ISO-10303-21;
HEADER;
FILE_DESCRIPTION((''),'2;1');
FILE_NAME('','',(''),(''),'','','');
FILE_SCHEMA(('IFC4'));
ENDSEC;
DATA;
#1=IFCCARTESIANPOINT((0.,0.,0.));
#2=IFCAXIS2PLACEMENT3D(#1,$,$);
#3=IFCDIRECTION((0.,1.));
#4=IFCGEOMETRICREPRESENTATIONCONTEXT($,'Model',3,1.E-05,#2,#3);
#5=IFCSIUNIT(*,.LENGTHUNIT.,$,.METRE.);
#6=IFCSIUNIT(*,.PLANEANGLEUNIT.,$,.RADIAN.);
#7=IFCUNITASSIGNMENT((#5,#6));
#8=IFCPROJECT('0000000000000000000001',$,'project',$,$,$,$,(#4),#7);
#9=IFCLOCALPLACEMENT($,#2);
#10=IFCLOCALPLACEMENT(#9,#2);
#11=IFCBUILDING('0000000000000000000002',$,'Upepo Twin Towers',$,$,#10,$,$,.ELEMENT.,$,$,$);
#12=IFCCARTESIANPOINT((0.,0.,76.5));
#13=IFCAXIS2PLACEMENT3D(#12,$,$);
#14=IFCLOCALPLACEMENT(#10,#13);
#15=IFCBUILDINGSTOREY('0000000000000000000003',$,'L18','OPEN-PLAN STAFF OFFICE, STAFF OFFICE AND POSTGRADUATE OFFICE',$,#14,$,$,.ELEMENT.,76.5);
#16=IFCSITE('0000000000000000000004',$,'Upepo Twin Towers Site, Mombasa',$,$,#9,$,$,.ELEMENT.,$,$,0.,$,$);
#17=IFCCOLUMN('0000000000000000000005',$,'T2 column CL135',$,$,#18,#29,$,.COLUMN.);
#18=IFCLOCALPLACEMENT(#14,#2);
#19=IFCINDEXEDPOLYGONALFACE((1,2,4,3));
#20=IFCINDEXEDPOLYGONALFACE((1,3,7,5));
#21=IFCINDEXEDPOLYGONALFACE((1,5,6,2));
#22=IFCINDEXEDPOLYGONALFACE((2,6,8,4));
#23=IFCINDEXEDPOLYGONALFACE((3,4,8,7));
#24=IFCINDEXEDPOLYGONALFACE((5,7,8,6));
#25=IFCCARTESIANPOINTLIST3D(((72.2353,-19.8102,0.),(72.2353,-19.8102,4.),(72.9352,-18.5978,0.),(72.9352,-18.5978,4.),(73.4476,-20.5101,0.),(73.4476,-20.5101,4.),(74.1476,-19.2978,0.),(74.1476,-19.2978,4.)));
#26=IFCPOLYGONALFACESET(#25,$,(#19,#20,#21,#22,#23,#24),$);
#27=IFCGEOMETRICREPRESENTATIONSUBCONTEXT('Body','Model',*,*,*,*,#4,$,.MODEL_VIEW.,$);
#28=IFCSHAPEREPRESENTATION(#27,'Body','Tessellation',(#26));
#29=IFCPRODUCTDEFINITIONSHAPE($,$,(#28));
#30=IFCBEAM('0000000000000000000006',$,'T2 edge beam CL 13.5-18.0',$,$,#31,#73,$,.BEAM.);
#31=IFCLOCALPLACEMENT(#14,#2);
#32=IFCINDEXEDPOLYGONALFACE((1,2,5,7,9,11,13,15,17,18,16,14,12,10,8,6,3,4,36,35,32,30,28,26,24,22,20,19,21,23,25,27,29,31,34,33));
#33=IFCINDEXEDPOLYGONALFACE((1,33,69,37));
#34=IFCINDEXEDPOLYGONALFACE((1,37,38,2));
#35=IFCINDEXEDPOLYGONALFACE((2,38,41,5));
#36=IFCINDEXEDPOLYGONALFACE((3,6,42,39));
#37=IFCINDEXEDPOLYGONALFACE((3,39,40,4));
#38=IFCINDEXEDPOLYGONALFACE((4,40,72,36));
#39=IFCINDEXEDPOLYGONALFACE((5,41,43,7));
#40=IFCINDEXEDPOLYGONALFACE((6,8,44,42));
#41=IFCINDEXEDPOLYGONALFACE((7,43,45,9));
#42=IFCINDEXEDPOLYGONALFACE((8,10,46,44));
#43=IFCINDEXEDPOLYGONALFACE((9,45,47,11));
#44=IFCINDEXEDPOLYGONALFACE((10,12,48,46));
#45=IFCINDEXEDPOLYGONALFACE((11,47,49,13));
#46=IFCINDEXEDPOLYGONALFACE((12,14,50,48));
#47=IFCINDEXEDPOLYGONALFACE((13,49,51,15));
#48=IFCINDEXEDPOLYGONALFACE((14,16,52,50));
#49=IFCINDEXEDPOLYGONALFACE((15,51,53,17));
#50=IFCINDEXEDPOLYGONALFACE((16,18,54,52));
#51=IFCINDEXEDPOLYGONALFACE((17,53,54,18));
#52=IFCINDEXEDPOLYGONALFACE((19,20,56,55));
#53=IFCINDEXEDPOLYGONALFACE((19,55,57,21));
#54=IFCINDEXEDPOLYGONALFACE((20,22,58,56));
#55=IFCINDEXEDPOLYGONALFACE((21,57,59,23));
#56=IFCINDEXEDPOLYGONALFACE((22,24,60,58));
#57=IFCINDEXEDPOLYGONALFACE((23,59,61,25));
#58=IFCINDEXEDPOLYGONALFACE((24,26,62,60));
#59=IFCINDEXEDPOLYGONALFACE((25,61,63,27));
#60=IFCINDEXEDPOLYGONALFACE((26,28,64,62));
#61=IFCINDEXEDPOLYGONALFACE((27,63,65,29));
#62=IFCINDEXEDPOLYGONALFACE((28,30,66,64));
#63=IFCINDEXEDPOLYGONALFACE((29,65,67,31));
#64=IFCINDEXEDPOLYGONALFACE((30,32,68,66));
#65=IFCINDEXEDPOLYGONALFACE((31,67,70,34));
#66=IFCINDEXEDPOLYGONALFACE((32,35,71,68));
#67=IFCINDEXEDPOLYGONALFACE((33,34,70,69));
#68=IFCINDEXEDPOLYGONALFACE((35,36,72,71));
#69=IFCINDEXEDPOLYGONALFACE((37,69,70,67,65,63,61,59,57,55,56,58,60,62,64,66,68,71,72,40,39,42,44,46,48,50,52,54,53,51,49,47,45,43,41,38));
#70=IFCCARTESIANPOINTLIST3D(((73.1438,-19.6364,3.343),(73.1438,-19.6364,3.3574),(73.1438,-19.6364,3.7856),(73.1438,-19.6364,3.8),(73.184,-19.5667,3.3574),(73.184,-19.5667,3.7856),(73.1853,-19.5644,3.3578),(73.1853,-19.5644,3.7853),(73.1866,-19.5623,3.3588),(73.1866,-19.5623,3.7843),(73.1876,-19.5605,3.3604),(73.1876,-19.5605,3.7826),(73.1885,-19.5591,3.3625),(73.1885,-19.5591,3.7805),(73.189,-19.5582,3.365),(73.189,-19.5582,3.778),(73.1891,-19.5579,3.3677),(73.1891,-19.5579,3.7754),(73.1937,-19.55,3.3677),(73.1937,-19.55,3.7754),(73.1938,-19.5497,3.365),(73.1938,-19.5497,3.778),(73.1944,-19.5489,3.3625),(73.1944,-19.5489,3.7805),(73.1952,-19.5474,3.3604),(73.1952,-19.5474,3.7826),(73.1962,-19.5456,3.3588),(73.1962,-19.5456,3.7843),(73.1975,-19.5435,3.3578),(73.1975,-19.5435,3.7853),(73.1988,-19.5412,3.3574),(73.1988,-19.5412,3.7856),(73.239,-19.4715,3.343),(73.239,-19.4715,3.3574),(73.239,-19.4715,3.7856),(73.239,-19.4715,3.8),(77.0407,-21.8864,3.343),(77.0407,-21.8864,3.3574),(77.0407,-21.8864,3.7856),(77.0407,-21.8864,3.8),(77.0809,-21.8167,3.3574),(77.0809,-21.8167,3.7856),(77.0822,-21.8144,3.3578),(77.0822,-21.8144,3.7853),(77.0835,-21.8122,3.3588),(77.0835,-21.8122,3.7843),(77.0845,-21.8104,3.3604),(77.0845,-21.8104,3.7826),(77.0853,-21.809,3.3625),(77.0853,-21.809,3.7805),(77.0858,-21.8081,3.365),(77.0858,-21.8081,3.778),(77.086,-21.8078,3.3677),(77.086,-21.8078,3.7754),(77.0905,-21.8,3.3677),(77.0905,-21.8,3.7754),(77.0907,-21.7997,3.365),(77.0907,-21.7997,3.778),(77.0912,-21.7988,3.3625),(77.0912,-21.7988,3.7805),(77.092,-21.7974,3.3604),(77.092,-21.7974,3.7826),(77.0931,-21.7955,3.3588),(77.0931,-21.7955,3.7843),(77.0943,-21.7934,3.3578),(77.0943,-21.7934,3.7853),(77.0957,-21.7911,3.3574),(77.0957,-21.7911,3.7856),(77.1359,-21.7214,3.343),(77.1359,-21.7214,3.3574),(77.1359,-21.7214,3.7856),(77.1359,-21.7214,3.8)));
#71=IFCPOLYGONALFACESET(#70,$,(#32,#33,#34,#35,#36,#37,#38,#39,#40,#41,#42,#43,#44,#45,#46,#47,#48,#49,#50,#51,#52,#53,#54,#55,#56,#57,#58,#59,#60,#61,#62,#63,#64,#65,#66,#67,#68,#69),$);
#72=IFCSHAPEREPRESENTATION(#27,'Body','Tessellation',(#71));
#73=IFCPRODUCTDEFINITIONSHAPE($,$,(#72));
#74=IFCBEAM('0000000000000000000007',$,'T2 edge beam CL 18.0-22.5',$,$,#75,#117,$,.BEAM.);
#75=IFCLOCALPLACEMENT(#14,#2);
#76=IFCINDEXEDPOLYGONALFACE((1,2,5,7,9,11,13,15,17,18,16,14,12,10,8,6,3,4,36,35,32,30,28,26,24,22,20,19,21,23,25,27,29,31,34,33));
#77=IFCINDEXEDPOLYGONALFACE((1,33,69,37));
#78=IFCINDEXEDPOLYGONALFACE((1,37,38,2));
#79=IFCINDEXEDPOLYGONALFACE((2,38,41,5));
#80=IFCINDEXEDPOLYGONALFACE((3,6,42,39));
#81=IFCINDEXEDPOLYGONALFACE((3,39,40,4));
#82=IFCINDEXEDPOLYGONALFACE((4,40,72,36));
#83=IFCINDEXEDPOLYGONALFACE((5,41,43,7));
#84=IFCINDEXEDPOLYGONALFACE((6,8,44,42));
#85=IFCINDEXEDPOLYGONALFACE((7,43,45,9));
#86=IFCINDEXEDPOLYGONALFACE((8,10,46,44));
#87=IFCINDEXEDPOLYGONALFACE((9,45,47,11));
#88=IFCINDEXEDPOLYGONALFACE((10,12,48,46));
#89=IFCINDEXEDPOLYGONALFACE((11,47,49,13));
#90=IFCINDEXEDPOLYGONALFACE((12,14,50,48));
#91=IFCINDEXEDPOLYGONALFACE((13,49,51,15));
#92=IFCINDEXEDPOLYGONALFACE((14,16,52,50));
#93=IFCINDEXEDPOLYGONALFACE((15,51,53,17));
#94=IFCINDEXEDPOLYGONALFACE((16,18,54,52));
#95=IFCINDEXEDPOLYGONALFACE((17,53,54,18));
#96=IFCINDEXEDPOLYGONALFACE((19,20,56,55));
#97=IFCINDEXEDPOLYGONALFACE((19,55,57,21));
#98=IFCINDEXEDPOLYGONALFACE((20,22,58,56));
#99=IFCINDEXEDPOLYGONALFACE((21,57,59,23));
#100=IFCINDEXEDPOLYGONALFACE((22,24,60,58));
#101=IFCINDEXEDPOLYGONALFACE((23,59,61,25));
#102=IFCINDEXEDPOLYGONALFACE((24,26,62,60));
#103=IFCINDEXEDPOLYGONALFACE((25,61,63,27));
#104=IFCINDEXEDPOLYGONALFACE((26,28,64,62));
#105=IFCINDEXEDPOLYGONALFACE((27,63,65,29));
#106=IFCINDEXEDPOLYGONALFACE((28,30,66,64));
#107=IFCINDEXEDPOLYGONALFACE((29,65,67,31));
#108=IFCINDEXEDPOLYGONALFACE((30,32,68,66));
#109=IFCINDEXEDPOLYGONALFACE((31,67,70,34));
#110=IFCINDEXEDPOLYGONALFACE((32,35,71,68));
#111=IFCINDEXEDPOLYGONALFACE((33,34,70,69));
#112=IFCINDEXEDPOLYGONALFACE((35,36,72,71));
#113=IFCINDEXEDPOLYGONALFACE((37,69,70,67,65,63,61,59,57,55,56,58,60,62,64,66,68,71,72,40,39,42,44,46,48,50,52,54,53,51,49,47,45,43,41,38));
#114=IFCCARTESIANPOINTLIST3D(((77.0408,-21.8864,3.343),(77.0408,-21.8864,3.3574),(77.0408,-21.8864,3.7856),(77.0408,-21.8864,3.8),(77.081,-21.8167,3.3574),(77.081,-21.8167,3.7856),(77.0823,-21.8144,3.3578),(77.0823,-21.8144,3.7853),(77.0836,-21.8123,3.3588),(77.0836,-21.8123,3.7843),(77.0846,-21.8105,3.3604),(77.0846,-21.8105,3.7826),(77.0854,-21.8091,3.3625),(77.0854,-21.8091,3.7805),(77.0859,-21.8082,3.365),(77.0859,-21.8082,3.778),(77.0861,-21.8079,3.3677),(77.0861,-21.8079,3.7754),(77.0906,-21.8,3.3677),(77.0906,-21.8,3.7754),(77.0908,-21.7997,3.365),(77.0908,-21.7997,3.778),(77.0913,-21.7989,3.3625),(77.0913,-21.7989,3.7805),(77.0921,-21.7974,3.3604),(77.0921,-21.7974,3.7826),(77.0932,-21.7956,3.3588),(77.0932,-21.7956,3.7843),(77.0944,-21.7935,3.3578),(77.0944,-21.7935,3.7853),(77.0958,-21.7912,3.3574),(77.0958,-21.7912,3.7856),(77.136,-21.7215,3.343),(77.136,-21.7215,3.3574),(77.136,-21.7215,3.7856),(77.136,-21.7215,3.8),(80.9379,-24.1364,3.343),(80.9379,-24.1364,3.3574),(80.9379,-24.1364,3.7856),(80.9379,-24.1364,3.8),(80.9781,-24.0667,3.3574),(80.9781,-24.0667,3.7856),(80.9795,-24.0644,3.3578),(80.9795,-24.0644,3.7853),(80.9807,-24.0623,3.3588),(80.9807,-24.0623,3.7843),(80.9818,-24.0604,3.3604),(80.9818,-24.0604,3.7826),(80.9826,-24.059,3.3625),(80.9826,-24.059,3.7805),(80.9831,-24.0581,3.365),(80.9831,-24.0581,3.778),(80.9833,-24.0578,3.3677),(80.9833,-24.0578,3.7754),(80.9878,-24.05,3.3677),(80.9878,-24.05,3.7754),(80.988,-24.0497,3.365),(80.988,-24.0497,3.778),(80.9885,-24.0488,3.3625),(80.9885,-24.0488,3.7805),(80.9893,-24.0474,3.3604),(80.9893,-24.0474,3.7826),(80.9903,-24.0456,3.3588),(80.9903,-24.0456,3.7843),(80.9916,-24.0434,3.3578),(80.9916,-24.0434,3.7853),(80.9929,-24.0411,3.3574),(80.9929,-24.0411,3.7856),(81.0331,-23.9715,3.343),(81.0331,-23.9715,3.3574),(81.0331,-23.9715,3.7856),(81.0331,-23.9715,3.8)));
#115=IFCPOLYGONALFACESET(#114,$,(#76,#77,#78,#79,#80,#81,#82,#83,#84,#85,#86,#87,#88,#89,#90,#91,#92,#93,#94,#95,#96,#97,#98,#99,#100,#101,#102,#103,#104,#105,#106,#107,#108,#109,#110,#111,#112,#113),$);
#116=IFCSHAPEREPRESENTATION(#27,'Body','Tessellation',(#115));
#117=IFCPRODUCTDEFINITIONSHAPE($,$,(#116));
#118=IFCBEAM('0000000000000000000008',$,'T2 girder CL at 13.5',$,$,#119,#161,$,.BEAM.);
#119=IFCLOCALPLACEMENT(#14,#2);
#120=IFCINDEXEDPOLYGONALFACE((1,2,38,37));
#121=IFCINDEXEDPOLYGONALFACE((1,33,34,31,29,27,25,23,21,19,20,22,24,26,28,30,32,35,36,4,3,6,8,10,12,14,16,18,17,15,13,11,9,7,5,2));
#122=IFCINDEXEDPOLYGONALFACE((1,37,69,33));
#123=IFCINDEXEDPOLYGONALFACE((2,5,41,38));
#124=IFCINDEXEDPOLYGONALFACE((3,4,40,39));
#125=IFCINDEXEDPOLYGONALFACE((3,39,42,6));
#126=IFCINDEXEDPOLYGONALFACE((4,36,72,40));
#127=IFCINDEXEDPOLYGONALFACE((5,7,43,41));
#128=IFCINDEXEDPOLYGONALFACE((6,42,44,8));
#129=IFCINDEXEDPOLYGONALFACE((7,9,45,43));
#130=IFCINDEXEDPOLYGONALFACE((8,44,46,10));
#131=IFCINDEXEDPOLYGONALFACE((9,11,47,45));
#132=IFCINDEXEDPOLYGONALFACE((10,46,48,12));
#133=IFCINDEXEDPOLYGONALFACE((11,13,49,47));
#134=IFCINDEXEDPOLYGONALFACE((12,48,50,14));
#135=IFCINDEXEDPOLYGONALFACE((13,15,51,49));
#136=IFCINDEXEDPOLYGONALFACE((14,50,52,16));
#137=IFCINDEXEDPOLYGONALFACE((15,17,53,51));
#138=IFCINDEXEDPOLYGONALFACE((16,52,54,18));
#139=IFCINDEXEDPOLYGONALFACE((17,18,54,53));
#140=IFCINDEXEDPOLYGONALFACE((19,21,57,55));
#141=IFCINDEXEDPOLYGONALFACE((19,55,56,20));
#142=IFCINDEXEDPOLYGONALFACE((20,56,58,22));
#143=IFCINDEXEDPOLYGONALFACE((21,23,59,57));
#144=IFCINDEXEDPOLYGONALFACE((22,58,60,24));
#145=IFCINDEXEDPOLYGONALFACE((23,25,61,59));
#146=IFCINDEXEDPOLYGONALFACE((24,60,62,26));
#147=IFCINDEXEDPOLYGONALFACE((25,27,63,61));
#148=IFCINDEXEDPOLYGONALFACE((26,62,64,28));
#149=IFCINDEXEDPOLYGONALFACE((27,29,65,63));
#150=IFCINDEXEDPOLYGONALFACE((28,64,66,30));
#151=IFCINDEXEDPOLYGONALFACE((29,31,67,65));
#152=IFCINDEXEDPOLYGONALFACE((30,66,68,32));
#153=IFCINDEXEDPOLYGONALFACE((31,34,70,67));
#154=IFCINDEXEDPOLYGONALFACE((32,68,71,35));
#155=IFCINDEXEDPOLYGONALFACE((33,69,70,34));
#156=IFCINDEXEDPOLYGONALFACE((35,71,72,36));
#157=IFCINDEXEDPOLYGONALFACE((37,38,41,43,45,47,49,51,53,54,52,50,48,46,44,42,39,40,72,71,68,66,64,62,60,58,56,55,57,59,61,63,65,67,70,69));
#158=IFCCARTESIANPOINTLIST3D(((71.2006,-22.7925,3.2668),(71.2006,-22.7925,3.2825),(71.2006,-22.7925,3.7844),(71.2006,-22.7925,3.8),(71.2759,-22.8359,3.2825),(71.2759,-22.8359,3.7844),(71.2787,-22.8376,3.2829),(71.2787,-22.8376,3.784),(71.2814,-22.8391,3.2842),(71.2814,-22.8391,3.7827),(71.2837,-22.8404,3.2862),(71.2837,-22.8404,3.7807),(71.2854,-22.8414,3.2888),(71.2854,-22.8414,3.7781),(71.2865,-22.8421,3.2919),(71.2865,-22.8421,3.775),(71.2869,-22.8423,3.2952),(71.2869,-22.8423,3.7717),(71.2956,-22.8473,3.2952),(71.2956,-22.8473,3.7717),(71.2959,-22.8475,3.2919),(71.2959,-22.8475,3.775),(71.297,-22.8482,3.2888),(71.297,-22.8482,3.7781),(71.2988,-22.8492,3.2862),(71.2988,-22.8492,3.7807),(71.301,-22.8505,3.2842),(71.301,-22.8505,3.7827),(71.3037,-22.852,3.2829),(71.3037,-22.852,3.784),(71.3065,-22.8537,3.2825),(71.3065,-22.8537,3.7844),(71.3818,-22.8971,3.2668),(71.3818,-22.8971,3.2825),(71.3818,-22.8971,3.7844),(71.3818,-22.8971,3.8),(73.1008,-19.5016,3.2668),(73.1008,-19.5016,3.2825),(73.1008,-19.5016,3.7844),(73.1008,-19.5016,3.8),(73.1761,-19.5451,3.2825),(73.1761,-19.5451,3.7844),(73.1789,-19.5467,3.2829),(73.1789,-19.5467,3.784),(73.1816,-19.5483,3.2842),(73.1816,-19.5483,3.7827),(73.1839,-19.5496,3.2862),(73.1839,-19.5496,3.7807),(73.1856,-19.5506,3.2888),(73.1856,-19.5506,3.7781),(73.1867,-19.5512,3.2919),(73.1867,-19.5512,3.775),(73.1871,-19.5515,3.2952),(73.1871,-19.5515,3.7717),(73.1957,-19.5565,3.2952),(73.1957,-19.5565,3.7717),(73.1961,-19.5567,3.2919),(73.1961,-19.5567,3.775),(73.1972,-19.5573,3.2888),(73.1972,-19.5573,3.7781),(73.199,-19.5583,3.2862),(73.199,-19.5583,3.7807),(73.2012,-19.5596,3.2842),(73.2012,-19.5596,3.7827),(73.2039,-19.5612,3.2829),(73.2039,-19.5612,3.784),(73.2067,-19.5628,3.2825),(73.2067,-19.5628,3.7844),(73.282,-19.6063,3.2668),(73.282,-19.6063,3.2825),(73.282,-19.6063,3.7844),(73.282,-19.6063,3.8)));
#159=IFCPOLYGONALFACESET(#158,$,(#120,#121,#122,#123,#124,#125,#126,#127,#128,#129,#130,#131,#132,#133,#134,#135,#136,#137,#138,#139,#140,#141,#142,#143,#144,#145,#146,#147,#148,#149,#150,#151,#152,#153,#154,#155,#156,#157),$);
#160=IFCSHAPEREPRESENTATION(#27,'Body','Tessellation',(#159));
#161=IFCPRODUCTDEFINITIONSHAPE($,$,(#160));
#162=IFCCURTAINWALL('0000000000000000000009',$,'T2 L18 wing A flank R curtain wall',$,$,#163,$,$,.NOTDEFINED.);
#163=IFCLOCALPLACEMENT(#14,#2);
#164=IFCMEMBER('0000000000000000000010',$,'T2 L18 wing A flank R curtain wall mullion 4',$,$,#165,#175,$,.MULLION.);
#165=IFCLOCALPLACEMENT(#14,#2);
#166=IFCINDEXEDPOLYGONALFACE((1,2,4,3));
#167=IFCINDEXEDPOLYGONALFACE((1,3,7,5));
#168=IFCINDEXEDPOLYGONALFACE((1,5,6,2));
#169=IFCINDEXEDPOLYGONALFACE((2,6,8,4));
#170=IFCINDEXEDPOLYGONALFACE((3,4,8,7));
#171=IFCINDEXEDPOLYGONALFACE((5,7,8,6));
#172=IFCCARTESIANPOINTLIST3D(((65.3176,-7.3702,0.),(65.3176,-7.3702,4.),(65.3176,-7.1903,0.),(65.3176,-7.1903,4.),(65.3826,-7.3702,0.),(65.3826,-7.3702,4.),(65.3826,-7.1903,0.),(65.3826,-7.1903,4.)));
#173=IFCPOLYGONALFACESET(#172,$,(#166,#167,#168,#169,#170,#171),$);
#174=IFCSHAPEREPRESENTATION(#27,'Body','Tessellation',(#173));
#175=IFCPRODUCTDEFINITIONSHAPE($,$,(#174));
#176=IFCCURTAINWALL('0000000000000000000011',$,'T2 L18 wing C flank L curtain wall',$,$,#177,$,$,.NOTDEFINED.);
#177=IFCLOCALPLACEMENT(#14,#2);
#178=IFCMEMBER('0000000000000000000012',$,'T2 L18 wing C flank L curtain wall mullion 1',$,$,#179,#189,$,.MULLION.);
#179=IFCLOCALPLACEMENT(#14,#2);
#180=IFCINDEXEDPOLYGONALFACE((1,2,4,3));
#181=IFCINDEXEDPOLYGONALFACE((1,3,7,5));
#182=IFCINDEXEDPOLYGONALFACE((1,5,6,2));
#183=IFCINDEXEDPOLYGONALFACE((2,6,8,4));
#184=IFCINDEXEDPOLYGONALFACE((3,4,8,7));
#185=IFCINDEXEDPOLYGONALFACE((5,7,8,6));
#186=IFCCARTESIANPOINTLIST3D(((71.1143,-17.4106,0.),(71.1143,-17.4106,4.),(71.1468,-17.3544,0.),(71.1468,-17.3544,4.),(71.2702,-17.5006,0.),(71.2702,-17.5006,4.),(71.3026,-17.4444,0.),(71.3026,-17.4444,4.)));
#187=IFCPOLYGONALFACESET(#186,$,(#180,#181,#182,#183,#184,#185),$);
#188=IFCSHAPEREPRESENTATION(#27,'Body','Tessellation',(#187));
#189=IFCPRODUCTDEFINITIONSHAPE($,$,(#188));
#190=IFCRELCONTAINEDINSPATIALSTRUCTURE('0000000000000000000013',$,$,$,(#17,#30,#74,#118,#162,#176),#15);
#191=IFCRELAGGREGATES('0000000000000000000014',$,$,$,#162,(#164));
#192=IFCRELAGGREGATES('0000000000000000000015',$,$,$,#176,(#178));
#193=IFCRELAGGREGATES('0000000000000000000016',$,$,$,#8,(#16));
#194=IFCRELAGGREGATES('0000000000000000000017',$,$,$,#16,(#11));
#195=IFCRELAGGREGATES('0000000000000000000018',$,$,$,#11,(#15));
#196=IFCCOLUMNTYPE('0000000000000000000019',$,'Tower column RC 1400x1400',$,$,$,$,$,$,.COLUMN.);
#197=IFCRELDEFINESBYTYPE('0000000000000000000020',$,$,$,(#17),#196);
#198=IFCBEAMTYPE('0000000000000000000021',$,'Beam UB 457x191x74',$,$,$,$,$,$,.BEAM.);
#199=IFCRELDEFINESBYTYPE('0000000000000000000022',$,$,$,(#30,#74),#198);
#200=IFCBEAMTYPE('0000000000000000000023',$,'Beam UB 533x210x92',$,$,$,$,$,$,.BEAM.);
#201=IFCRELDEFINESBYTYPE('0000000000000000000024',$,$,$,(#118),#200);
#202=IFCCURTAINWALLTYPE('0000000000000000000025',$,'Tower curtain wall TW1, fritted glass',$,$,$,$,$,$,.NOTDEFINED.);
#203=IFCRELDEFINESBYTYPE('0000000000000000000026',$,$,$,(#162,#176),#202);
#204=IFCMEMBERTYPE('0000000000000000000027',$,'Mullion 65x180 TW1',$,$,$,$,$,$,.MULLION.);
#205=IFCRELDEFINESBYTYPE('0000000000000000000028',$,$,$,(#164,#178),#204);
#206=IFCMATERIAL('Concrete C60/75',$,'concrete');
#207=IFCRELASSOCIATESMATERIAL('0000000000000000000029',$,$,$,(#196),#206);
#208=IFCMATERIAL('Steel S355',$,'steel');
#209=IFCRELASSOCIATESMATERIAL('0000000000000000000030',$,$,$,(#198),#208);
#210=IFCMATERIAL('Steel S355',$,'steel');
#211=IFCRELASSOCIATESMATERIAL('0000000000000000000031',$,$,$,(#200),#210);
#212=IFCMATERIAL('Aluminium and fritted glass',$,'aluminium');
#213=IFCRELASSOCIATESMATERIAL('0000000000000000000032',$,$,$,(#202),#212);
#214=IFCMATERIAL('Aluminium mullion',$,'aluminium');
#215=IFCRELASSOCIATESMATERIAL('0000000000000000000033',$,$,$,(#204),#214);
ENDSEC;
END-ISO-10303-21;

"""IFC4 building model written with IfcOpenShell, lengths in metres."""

from ifc_helpers import new_model, si_unit, direction, frame, origin, origin_2d, place, context, subcontext, project, spatial, rectangle, i_section, extrude, material, material_profile, profile_set, type_object, element, aggregate, save


model = new_model("IFC4")

# Units and contexts
model_context = context("Model", 3, precision=1e-05, world=origin(), true_north=direction((0.0, 1.0)))
body_context = subcontext(model_context, "Body", "Model", "MODEL_VIEW")
ifc_project = project(units=[si_unit("LENGTHUNIT", "METRE"), si_unit("PLANEANGLEUNIT", "RADIAN")], contexts=[model_context])

# Site, building, storey
site_placement = place(None, origin())
site = spatial("IfcSite", under=ifc_project, at=site_placement, Name="Upepo Twin Towers Site, Mombasa", CompositionType="ELEMENT", RefElevation=0.0)
building_placement = place(site_placement, origin())
building = spatial("IfcBuilding", under=site, at=building_placement, Name="Upepo Twin Towers", CompositionType="ELEMENT")
storey_placement = place(building_placement, frame((0.0, 0.0, 76.5)))
storey = spatial("IfcBuildingStorey", under=building, at=storey_placement, Name="L18", Description="OPEN-PLAN STAFF OFFICE, STAFF OFFICE AND POSTGRADUATE OFFICE", CompositionType="ELEMENT", Elevation=76.5)

# Column
ifc_material_1 = material(Name="Concrete C60/75", Category="concrete")
ifc_material_profile_1 = material_profile(ifc_material_1, rectangle(XDim=1.3999, YDim=1.3999, at=origin_2d()), Name="RC 1400x1400")
ifc_profile_set_1 = profile_set([ifc_material_profile_1], Name="Concrete C60/75")
column_type = type_object("IfcColumnType", Name="Tower column RC 1400x1400", PredefinedType="COLUMN", material=ifc_profile_set_1)
column_placement = place(storey_placement, frame((73.1914, -19.554, 0.0), z_axis=(0.0, 0.0, 1.0), x_axis=(0.5, 0.866025, 0.0)))
element("IfcColumn", 1, at=column_placement, inside=storey, type_object=column_type, Name="T2 column CL135", PredefinedType="COLUMN", context=body_context, shape_type="SweptSolid", body=[
    extrude(rectangle(XDim=1.3999, YDim=1.3999, at=origin_2d()), origin(), (0.0, 0.0, 1.0), 4.0),
])

# Beams
ifc_material_2 = material(Name="Steel S355", Category="steel")
ifc_material_profile_2 = material_profile(ifc_material_2, i_section(OverallWidth=0.1904, OverallDepth=0.457, WebThickness=0.009, FlangeThickness=0.0144, FilletRadius=0.0103, at=origin_2d()), Name="UB 457x191x74")
ifc_profile_set_2 = profile_set([ifc_material_profile_2], Name="Steel S355")
beam_type_1 = type_object("IfcBeamType", Name="Beam UB 457x191x74", PredefinedType="BEAM", material=ifc_profile_set_2)
beam_1_placement = place(storey_placement, frame((73.1914, -19.554, 3.5715), z_axis=(0.866018, -0.500014, 0.0), x_axis=(0.500014, 0.866018, 0.0)))
element("IfcBeam", 2, at=beam_1_placement, inside=storey, type_object=beam_type_1, Name="T2 edge beam CL 13.5-18.0", PredefinedType="BEAM", context=body_context, shape_type="SweptSolid", body=[
    extrude(i_section(OverallWidth=0.1904, OverallDepth=0.457, WebThickness=0.009, FlangeThickness=0.0144, FilletRadius=0.0103, at=origin_2d()), origin(), (0.0, 0.0, 1.0), 4.4998),
])
beam_2_placement = place(storey_placement, frame((77.0884, -21.804, 3.5715), z_axis=(0.866031, -0.49999, 0.0), x_axis=(0.49999, 0.866031, 0.0)))
element("IfcBeam", 3, at=beam_2_placement, inside=storey, type_object=beam_type_1, Name="T2 edge beam CL 18.0-22.5", PredefinedType="BEAM", context=body_context, shape_type="SweptSolid", body=[
    extrude(i_section(OverallWidth=0.1904, OverallDepth=0.457, WebThickness=0.009, FlangeThickness=0.0144, FilletRadius=0.0103, at=origin_2d()), origin(), (0.0, 0.0, 1.0), 4.5),
])
ifc_material_3 = material(Name="Steel S355", Category="steel")
ifc_material_profile_3 = material_profile(ifc_material_3, i_section(OverallWidth=0.2092, OverallDepth=0.5332, WebThickness=0.01, FlangeThickness=0.0156, FilletRadius=0.0127, at=origin_2d()), Name="UB 533x210x92")
ifc_profile_set_3 = profile_set([ifc_material_profile_3], Name="Steel S355")
beam_type_2 = type_object("IfcBeamType", Name="Beam UB 533x210x92", PredefinedType="BEAM", material=ifc_profile_set_3)
beam_3_placement = place(storey_placement, frame((73.1914, -19.554, 3.5334), z_axis=(-0.500043, -0.866, 0.0), x_axis=(0.866, -0.500043, 0.0)))
element("IfcBeam", 4, at=beam_3_placement, inside=storey, type_object=beam_type_2, Name="T2 girder CL at 13.5", PredefinedType="BEAM", context=body_context, shape_type="SweptSolid", body=[
    extrude(i_section(OverallWidth=0.2092, OverallDepth=0.5332, WebThickness=0.01, FlangeThickness=0.0156, FilletRadius=0.0127, at=origin_2d()), origin(), (0.0, 0.0, 1.0), 3.8),
])

# Curtain wall, member
ifc_material_4 = material(Name="Aluminium and fritted glass", Category="aluminium")
curtain_wall_type = type_object("IfcCurtainWallType", Name="Tower curtain wall TW1, fritted glass", PredefinedType="NOTDEFINED", material=ifc_material_4)
curtain_wall_1_placement = place(storey_placement, origin())
curtain_wall_1 = element("IfcCurtainWall", 5, at=curtain_wall_1_placement, inside=storey, type_object=curtain_wall_type, Name="T2 L18 wing A flank R curtain wall", PredefinedType="NOTDEFINED")
ifc_material_5 = material(Name="Aluminium mullion", Category="aluminium")
ifc_material_profile_4 = material_profile(ifc_material_5, rectangle(XDim=0.0649, YDim=0.1799, at=origin_2d()), Name="MULLION 65x180")
ifc_profile_set_4 = profile_set([ifc_material_profile_4], Name="Aluminium mullion")
member_type_1 = type_object("IfcMemberType", Name="Mullion 65x180 TW1", PredefinedType="MULLION", material=ifc_profile_set_4)
member_1_placement = place(storey_placement, frame((65.3501, -7.2803, 0.0), z_axis=(0.0, 0.0, 1.0), x_axis=(1.0, 0.0, 0.0)))
member_1 = element("IfcMember", 6, at=member_1_placement, type_object=member_type_1, Name="T2 L18 wing A flank R curtain wall mullion 4", PredefinedType="MULLION", context=body_context, shape_type="SweptSolid", body=[
    extrude(rectangle(XDim=0.0649, YDim=0.1799, at=origin_2d()), origin(), (0.0, 0.0, 1.0), 4.0),
])

# Curtain wall, member
curtain_wall_2_placement = place(storey_placement, origin())
curtain_wall_2 = element("IfcCurtainWall", 7, at=curtain_wall_2_placement, inside=storey, type_object=curtain_wall_type, Name="T2 L18 wing C flank L curtain wall", PredefinedType="NOTDEFINED")
member_2_placement = place(storey_placement, frame((71.2085, -17.4275, 0.0), z_axis=(0.0, 0.0, 1.0), x_axis=(0.5, 0.866025, 0.0)))
member_2 = element("IfcMember", 8, at=member_2_placement, type_object=member_type_1, Name="T2 L18 wing C flank L curtain wall mullion 1", PredefinedType="MULLION", context=body_context, shape_type="SweptSolid", body=[
    extrude(rectangle(XDim=0.0649, YDim=0.1799, at=origin_2d()), origin(), (0.0, 0.0, 1.0), 4.0),
])

aggregate(curtain_wall_1, [member_1])
aggregate(curtain_wall_2, [member_2])

save(model, "model.ifc")
